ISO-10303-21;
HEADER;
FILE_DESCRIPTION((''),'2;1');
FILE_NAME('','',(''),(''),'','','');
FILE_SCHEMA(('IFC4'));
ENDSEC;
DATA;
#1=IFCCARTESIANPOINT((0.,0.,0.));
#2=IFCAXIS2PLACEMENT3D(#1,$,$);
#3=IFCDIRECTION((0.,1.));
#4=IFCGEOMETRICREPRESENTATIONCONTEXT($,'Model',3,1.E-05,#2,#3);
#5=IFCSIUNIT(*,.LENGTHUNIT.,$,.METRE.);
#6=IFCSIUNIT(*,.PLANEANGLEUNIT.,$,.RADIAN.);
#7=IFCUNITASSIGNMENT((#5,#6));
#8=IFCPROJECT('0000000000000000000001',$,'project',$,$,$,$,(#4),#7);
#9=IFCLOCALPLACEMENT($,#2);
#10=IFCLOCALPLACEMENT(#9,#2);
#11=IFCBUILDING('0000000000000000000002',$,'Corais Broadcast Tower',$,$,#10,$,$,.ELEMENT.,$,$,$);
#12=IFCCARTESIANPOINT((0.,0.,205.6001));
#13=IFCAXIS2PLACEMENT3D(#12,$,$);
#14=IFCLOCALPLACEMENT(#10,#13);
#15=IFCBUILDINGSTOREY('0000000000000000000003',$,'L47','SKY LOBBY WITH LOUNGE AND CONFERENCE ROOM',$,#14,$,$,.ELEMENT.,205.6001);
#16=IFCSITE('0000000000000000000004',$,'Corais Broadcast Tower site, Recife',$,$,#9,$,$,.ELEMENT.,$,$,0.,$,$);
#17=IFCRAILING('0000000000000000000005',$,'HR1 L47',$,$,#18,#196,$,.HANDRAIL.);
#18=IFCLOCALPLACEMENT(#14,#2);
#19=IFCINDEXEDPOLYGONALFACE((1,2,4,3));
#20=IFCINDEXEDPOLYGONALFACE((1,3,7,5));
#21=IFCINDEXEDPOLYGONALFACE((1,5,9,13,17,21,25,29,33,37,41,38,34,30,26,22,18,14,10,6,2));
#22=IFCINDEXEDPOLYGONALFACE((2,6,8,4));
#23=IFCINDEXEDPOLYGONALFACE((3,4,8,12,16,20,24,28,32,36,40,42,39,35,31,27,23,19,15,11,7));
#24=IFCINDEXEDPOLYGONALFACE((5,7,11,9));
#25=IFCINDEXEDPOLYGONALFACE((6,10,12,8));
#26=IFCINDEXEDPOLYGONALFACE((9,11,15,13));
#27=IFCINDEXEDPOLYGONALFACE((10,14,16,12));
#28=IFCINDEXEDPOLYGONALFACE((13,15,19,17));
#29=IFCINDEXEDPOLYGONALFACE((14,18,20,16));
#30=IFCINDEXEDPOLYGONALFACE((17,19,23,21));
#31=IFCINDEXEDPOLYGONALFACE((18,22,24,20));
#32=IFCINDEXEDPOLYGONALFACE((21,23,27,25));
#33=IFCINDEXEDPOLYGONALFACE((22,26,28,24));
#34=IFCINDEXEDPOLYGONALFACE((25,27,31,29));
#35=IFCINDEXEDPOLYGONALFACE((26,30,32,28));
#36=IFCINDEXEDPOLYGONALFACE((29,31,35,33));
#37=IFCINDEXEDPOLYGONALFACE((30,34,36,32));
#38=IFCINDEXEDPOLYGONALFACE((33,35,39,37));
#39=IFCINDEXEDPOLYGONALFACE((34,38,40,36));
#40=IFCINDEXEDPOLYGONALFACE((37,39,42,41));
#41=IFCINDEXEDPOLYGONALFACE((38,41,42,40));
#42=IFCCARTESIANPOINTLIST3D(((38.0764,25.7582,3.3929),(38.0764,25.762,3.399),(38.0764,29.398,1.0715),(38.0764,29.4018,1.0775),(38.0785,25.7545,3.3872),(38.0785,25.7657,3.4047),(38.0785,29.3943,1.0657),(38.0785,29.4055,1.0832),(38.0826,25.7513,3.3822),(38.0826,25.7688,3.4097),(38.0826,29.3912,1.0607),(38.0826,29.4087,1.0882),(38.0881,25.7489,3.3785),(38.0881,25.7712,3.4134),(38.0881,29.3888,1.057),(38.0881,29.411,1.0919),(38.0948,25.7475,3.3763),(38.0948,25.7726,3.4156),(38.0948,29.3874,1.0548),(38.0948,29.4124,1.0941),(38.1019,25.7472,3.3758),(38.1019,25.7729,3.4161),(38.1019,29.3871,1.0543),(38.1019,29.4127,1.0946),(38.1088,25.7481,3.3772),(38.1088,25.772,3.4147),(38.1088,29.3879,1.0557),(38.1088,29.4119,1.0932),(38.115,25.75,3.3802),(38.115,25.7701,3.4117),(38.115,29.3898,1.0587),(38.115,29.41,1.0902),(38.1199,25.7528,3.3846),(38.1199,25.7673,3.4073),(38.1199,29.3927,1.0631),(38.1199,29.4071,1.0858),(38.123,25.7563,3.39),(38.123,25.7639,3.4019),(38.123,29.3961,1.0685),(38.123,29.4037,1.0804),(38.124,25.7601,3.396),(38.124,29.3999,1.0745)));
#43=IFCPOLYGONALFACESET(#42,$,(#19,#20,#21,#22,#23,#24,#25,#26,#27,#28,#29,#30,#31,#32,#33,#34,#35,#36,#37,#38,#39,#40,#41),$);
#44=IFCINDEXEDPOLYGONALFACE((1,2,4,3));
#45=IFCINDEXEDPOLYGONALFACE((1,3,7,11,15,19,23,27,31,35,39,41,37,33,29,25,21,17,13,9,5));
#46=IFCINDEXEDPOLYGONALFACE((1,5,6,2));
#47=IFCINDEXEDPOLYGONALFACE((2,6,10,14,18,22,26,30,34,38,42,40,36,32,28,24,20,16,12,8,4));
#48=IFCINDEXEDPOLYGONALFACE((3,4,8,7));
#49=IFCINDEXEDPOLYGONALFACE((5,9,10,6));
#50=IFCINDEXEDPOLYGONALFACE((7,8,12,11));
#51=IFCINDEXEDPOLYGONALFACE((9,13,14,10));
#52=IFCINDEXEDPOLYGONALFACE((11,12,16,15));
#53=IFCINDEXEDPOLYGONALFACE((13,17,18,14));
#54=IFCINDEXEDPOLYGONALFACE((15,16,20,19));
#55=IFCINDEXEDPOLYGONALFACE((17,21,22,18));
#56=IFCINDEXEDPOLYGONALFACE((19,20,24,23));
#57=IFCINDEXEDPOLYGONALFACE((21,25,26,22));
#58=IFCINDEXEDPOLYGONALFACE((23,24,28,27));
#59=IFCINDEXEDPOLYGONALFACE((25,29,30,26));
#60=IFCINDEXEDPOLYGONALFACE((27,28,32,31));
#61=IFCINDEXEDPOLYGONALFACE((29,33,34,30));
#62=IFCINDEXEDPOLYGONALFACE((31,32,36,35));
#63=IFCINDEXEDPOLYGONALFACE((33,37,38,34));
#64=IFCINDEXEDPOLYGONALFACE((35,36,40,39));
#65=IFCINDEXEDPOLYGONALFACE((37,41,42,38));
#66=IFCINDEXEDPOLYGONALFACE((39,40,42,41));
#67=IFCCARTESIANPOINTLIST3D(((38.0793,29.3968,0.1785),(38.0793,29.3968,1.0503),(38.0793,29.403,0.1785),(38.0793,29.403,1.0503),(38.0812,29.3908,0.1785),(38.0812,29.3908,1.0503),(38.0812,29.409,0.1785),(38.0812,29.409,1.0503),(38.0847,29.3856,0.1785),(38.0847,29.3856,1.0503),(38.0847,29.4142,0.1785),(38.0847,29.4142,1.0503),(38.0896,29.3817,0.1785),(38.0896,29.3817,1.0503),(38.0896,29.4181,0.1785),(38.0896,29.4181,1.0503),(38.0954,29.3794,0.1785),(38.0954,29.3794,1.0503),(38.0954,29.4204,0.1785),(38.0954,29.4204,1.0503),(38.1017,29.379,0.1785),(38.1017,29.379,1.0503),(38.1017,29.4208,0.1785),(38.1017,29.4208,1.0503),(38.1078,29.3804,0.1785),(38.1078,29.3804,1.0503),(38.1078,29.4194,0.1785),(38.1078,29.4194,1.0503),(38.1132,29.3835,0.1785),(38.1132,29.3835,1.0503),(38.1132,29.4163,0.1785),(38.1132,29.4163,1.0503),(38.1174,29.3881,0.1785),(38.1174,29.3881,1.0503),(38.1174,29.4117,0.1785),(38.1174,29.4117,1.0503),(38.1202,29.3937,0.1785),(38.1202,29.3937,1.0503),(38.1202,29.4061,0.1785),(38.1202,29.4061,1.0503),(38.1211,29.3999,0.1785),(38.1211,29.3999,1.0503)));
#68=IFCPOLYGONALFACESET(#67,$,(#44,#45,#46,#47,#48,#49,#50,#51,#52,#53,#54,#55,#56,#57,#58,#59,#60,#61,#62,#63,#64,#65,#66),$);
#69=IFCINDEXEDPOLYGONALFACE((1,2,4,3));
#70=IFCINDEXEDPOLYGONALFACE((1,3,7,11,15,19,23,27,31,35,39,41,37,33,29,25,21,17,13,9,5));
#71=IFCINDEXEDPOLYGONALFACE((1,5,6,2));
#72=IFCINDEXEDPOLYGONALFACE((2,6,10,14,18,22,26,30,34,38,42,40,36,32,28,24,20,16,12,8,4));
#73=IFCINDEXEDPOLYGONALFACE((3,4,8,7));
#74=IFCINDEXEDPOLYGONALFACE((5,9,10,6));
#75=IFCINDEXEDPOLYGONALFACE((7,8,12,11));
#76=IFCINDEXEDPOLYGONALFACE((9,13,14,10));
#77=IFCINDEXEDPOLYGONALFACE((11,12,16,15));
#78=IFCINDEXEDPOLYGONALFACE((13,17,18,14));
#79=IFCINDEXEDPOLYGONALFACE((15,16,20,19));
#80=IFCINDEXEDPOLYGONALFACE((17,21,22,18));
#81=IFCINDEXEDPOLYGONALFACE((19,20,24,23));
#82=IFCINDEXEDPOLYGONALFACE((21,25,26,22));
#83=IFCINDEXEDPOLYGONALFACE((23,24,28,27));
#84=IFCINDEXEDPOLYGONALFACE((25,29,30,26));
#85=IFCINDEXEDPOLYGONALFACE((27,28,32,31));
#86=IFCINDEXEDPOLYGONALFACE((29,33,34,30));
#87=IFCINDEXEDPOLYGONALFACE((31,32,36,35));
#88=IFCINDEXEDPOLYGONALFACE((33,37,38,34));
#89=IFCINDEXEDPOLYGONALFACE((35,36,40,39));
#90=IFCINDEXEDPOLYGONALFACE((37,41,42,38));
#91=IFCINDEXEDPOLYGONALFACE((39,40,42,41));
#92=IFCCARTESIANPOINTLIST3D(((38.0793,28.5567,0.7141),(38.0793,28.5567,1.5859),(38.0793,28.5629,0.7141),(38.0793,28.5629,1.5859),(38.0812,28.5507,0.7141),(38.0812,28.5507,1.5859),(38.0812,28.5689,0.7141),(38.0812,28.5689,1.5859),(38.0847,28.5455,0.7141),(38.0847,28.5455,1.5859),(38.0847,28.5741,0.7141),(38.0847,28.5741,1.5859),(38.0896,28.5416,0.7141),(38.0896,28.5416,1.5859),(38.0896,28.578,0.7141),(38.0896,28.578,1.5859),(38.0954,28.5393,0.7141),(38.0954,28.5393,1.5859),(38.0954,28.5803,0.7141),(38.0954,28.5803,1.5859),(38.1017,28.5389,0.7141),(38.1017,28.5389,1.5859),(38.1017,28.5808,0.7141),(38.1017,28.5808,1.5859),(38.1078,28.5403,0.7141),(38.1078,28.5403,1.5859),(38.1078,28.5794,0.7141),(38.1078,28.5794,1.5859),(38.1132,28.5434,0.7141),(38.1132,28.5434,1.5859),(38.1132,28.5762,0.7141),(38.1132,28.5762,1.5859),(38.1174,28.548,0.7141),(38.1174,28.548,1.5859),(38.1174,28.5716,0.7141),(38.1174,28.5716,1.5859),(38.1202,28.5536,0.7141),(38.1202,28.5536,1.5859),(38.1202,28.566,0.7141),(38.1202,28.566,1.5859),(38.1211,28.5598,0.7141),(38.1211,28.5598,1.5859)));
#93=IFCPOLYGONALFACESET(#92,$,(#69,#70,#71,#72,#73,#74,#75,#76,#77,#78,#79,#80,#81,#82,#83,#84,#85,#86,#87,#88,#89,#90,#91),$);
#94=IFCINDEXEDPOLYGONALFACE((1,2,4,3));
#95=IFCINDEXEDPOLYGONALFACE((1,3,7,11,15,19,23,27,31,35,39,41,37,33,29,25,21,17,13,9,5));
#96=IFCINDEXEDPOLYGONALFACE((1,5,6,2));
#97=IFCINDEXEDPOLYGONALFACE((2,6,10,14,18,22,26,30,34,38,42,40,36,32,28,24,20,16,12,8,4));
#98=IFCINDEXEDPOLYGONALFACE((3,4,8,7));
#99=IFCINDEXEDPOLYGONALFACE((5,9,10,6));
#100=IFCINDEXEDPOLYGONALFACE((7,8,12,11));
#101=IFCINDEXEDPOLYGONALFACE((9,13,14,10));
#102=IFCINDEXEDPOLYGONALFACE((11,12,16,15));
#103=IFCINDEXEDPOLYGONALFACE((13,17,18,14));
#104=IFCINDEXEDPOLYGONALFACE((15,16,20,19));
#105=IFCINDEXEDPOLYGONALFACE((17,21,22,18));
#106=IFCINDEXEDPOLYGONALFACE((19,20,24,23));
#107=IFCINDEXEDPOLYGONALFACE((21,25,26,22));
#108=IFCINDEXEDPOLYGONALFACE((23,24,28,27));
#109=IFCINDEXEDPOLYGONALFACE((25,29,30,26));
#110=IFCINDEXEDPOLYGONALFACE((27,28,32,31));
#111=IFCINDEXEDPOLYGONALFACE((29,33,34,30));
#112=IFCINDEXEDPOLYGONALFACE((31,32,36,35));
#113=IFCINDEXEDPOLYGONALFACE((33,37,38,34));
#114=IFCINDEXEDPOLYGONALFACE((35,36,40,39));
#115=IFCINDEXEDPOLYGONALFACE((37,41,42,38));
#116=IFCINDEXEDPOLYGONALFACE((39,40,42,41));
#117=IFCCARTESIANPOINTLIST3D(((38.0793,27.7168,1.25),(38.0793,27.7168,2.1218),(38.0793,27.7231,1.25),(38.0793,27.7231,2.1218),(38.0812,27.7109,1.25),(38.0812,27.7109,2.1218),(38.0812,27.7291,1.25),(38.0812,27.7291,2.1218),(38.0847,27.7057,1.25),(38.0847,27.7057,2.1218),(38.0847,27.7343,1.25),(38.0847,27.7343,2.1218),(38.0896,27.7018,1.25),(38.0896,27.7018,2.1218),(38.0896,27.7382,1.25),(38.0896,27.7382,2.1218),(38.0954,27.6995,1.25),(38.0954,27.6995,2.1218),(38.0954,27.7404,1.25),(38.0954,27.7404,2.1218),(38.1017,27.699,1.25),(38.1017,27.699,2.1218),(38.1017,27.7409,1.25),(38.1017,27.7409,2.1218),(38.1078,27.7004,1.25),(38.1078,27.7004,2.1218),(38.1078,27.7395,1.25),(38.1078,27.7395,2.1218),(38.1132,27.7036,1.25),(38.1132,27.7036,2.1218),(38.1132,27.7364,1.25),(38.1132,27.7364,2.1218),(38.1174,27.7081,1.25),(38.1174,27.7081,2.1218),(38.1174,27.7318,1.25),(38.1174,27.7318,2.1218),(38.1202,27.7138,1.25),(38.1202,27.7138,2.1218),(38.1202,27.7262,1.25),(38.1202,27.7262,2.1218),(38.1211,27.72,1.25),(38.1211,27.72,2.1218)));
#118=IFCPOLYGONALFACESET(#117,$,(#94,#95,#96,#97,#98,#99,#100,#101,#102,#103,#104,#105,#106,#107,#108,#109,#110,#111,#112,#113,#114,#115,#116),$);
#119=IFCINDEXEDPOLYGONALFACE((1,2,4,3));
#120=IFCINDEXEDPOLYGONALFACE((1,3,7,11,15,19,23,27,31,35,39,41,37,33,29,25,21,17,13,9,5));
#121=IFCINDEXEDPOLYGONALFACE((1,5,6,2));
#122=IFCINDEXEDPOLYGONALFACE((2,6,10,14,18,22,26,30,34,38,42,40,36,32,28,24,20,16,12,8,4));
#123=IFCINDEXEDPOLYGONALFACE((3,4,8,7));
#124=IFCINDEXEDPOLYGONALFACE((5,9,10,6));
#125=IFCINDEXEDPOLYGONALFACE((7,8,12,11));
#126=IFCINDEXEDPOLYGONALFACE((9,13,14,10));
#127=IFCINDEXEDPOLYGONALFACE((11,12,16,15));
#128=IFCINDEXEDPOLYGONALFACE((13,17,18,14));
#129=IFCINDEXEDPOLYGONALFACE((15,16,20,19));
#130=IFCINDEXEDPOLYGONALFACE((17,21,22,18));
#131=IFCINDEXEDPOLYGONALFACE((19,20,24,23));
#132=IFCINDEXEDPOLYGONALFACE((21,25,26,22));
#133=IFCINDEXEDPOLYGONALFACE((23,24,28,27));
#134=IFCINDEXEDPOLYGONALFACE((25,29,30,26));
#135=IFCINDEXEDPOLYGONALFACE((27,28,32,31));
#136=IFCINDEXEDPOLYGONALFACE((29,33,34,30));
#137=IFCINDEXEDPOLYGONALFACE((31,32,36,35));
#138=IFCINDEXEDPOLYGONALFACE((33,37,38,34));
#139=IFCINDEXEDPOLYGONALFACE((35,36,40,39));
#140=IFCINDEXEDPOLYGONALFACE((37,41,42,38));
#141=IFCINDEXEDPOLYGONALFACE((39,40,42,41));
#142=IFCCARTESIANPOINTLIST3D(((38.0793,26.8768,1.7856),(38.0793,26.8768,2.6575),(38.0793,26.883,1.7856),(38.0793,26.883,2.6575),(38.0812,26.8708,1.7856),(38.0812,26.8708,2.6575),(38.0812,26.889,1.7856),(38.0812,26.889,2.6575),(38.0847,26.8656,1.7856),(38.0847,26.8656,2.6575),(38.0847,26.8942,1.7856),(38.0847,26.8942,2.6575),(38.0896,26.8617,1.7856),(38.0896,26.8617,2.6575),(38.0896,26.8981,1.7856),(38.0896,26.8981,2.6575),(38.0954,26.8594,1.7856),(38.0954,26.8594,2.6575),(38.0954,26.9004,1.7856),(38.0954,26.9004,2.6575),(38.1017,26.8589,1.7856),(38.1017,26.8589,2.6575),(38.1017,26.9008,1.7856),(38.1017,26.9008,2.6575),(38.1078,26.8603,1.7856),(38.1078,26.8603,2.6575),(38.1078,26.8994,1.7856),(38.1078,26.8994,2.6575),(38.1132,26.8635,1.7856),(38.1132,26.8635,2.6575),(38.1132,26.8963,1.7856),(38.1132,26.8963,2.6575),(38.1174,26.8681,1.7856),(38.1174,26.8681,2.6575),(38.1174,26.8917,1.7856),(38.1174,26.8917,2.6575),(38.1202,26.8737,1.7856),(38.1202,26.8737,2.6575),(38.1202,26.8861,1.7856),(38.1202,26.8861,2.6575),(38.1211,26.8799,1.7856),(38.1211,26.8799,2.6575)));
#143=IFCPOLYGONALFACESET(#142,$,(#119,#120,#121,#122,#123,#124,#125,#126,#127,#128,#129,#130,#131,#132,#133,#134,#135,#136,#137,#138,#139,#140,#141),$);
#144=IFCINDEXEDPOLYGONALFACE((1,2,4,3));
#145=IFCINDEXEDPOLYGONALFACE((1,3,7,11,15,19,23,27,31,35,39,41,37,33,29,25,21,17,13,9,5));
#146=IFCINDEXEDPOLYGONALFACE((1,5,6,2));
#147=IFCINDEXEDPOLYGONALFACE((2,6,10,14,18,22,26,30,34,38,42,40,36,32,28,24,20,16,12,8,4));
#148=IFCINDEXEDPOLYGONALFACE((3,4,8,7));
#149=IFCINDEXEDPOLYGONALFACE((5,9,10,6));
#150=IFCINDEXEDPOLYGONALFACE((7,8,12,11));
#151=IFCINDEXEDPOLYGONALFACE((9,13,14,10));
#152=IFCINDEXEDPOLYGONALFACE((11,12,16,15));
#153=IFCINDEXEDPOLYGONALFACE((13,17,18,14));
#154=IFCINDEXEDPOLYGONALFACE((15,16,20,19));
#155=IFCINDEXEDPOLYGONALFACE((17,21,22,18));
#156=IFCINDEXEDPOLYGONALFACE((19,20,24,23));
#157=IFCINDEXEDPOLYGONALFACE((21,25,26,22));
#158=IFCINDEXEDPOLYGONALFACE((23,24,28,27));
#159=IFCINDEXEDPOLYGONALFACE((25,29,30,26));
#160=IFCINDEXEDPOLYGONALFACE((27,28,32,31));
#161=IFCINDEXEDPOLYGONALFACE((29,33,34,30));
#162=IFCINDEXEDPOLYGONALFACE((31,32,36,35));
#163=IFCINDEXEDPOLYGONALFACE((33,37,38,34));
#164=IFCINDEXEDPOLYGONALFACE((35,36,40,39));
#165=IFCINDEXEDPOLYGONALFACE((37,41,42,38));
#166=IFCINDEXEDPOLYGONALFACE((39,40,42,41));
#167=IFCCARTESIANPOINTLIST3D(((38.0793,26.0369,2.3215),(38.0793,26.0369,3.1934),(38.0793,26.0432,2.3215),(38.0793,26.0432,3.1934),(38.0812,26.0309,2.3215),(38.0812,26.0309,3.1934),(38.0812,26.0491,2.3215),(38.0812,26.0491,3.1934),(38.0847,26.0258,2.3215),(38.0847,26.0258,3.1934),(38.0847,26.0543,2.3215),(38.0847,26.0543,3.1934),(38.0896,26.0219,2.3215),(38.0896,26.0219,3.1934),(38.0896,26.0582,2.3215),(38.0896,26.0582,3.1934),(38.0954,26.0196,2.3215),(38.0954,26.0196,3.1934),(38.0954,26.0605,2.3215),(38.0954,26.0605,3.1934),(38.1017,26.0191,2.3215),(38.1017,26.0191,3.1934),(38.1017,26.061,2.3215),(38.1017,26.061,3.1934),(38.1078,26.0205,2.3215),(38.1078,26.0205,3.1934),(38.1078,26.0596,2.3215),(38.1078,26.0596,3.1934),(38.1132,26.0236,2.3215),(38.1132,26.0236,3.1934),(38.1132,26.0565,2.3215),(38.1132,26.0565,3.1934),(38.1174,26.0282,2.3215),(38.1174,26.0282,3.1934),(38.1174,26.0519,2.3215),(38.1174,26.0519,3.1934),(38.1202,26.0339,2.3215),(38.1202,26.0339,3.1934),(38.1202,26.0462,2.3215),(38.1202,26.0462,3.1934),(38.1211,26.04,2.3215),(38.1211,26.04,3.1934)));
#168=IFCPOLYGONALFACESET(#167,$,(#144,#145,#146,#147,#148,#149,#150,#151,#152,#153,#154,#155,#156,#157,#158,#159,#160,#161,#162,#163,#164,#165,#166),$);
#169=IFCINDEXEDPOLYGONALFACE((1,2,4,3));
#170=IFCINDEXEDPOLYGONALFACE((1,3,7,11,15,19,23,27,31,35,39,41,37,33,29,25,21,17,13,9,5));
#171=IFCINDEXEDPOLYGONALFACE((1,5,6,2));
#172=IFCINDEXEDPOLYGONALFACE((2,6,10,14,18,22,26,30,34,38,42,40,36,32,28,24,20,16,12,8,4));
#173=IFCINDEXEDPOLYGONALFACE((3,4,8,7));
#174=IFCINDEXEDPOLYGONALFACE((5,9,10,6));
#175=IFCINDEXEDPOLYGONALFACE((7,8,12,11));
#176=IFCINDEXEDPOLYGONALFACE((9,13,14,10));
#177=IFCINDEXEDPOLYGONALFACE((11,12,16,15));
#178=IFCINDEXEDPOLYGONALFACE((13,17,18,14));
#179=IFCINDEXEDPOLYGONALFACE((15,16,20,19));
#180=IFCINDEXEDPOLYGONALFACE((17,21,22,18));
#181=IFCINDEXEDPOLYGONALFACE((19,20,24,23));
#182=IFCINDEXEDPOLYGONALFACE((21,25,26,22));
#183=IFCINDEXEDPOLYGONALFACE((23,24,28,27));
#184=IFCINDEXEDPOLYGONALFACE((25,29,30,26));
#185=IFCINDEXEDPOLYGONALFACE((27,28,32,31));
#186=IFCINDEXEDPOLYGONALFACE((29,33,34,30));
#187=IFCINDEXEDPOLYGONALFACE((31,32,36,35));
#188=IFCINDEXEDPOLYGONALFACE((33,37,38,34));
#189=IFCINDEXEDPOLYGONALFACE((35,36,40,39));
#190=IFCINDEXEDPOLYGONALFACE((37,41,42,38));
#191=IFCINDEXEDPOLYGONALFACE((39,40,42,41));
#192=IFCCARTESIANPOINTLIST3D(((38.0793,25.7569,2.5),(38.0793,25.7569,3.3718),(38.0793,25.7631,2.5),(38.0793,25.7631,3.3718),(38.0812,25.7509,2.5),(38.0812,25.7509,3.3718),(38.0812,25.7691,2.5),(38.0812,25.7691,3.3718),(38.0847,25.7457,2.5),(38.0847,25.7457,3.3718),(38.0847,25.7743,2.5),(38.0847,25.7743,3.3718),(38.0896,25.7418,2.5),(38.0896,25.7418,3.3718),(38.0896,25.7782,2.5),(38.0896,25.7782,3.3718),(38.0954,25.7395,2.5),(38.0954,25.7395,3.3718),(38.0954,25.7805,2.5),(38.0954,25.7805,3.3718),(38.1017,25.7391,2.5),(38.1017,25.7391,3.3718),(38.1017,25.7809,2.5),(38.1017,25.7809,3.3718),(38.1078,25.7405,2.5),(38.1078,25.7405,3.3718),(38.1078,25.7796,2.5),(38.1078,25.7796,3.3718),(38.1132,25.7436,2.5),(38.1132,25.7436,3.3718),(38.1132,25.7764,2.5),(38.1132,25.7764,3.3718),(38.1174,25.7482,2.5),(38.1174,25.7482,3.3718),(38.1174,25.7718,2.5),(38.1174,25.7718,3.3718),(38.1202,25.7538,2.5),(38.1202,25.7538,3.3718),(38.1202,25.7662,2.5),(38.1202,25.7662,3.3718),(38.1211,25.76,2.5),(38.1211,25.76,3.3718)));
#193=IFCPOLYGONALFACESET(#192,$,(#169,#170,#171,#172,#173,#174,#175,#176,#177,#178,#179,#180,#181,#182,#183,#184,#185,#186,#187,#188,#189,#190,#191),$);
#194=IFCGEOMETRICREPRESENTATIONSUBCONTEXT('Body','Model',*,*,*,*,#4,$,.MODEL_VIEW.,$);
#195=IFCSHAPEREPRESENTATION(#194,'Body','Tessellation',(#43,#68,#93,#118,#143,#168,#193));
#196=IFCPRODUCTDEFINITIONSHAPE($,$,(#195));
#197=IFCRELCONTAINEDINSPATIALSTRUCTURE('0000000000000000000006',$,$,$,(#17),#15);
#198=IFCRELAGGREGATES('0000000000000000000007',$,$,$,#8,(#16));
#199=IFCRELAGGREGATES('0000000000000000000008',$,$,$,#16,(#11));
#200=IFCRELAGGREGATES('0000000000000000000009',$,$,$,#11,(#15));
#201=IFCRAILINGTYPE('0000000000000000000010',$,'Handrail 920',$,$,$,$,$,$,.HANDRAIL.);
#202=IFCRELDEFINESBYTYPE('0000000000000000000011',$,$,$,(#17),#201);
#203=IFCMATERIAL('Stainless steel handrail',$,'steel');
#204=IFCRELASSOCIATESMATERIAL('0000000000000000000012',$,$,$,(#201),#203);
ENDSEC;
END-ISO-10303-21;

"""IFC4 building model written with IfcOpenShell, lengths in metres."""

from ifc_helpers import new_model, si_unit, direction, frame, origin, origin_2d, place, context, subcontext, project, spatial, circle, extrude, material, type_object, element, save


model = new_model("IFC4")

# Units and contexts
model_context = context("Model", 3, precision=1e-05, world=origin(), true_north=direction((0.0, 1.0)))
body_context = subcontext(model_context, "Body", "Model", "MODEL_VIEW")
ifc_project = project(units=[si_unit("LENGTHUNIT", "METRE"), si_unit("PLANEANGLEUNIT", "RADIAN")], contexts=[model_context])

# Site, building, storey
site_placement = place(None, origin())
site = spatial("IfcSite", under=ifc_project, at=site_placement, Name="Corais Broadcast Tower site, Recife", CompositionType="ELEMENT", RefElevation=0.0)
building_placement = place(site_placement, origin())
building = spatial("IfcBuilding", under=site, at=building_placement, Name="Corais Broadcast Tower", CompositionType="ELEMENT")
storey_placement = place(building_placement, frame((0.0, 0.0, 205.6001)))
storey = spatial("IfcBuildingStorey", under=building, at=storey_placement, Name="L47", Description="SKY LOBBY WITH LOUNGE AND CONFERENCE ROOM", CompositionType="ELEMENT", Elevation=205.6001)

# Railing
ifc_material_1 = material(Name="Stainless steel handrail", Category="steel")
railing_type = type_object("IfcRailingType", Name="Handrail 920", PredefinedType="HANDRAIL", material=ifc_material_1)
for number, where, name in (
    (1, (38.1001, 29.3999, 0.1785), "HR1 L47"),
):
    element("IfcRailing", number, at=place(storey_placement, frame(where)), inside=storey, type_object=railing_type, Name=name, PredefinedType="HANDRAIL", context=body_context, shape_type="SweptSolid", body=[
        extrude(circle(Radius=0.0239, at=origin_2d()), frame((0.0, 0.0, 0.896), z_axis=(0.0, -0.843112, 0.537739), x_axis=(1.0, 0.0, 0.0)), (0.0, 0.0, 1.0), 4.3171),
        extrude(circle(Radius=0.021, at=origin_2d()), origin(), (0.0, 0.0, 1.0), 0.8718),
        extrude(circle(Radius=0.021, at=origin_2d()), frame((0.0, -0.8401, 0.5356)), (0.0, 0.0, 1.0), 0.8718),
        extrude(circle(Radius=0.021, at=origin_2d()), frame((0.0, -1.6799, 1.0715)), (0.0, 0.0, 1.0), 0.8718),
        extrude(circle(Radius=0.021, at=origin_2d()), frame((0.0, -2.52, 1.6072)), (0.0, 0.0, 1.0), 0.8718),
        extrude(circle(Radius=0.021, at=origin_2d()), frame((0.0, -3.3599, 2.1431)), (0.0, 0.0, 1.0), 0.8718),
        extrude(circle(Radius=0.021, at=origin_2d()), frame((0.0, -3.6399, 2.3215)), (0.0, 0.0, 1.0), 0.8718),
    ])

save(model, "model.ifc")
